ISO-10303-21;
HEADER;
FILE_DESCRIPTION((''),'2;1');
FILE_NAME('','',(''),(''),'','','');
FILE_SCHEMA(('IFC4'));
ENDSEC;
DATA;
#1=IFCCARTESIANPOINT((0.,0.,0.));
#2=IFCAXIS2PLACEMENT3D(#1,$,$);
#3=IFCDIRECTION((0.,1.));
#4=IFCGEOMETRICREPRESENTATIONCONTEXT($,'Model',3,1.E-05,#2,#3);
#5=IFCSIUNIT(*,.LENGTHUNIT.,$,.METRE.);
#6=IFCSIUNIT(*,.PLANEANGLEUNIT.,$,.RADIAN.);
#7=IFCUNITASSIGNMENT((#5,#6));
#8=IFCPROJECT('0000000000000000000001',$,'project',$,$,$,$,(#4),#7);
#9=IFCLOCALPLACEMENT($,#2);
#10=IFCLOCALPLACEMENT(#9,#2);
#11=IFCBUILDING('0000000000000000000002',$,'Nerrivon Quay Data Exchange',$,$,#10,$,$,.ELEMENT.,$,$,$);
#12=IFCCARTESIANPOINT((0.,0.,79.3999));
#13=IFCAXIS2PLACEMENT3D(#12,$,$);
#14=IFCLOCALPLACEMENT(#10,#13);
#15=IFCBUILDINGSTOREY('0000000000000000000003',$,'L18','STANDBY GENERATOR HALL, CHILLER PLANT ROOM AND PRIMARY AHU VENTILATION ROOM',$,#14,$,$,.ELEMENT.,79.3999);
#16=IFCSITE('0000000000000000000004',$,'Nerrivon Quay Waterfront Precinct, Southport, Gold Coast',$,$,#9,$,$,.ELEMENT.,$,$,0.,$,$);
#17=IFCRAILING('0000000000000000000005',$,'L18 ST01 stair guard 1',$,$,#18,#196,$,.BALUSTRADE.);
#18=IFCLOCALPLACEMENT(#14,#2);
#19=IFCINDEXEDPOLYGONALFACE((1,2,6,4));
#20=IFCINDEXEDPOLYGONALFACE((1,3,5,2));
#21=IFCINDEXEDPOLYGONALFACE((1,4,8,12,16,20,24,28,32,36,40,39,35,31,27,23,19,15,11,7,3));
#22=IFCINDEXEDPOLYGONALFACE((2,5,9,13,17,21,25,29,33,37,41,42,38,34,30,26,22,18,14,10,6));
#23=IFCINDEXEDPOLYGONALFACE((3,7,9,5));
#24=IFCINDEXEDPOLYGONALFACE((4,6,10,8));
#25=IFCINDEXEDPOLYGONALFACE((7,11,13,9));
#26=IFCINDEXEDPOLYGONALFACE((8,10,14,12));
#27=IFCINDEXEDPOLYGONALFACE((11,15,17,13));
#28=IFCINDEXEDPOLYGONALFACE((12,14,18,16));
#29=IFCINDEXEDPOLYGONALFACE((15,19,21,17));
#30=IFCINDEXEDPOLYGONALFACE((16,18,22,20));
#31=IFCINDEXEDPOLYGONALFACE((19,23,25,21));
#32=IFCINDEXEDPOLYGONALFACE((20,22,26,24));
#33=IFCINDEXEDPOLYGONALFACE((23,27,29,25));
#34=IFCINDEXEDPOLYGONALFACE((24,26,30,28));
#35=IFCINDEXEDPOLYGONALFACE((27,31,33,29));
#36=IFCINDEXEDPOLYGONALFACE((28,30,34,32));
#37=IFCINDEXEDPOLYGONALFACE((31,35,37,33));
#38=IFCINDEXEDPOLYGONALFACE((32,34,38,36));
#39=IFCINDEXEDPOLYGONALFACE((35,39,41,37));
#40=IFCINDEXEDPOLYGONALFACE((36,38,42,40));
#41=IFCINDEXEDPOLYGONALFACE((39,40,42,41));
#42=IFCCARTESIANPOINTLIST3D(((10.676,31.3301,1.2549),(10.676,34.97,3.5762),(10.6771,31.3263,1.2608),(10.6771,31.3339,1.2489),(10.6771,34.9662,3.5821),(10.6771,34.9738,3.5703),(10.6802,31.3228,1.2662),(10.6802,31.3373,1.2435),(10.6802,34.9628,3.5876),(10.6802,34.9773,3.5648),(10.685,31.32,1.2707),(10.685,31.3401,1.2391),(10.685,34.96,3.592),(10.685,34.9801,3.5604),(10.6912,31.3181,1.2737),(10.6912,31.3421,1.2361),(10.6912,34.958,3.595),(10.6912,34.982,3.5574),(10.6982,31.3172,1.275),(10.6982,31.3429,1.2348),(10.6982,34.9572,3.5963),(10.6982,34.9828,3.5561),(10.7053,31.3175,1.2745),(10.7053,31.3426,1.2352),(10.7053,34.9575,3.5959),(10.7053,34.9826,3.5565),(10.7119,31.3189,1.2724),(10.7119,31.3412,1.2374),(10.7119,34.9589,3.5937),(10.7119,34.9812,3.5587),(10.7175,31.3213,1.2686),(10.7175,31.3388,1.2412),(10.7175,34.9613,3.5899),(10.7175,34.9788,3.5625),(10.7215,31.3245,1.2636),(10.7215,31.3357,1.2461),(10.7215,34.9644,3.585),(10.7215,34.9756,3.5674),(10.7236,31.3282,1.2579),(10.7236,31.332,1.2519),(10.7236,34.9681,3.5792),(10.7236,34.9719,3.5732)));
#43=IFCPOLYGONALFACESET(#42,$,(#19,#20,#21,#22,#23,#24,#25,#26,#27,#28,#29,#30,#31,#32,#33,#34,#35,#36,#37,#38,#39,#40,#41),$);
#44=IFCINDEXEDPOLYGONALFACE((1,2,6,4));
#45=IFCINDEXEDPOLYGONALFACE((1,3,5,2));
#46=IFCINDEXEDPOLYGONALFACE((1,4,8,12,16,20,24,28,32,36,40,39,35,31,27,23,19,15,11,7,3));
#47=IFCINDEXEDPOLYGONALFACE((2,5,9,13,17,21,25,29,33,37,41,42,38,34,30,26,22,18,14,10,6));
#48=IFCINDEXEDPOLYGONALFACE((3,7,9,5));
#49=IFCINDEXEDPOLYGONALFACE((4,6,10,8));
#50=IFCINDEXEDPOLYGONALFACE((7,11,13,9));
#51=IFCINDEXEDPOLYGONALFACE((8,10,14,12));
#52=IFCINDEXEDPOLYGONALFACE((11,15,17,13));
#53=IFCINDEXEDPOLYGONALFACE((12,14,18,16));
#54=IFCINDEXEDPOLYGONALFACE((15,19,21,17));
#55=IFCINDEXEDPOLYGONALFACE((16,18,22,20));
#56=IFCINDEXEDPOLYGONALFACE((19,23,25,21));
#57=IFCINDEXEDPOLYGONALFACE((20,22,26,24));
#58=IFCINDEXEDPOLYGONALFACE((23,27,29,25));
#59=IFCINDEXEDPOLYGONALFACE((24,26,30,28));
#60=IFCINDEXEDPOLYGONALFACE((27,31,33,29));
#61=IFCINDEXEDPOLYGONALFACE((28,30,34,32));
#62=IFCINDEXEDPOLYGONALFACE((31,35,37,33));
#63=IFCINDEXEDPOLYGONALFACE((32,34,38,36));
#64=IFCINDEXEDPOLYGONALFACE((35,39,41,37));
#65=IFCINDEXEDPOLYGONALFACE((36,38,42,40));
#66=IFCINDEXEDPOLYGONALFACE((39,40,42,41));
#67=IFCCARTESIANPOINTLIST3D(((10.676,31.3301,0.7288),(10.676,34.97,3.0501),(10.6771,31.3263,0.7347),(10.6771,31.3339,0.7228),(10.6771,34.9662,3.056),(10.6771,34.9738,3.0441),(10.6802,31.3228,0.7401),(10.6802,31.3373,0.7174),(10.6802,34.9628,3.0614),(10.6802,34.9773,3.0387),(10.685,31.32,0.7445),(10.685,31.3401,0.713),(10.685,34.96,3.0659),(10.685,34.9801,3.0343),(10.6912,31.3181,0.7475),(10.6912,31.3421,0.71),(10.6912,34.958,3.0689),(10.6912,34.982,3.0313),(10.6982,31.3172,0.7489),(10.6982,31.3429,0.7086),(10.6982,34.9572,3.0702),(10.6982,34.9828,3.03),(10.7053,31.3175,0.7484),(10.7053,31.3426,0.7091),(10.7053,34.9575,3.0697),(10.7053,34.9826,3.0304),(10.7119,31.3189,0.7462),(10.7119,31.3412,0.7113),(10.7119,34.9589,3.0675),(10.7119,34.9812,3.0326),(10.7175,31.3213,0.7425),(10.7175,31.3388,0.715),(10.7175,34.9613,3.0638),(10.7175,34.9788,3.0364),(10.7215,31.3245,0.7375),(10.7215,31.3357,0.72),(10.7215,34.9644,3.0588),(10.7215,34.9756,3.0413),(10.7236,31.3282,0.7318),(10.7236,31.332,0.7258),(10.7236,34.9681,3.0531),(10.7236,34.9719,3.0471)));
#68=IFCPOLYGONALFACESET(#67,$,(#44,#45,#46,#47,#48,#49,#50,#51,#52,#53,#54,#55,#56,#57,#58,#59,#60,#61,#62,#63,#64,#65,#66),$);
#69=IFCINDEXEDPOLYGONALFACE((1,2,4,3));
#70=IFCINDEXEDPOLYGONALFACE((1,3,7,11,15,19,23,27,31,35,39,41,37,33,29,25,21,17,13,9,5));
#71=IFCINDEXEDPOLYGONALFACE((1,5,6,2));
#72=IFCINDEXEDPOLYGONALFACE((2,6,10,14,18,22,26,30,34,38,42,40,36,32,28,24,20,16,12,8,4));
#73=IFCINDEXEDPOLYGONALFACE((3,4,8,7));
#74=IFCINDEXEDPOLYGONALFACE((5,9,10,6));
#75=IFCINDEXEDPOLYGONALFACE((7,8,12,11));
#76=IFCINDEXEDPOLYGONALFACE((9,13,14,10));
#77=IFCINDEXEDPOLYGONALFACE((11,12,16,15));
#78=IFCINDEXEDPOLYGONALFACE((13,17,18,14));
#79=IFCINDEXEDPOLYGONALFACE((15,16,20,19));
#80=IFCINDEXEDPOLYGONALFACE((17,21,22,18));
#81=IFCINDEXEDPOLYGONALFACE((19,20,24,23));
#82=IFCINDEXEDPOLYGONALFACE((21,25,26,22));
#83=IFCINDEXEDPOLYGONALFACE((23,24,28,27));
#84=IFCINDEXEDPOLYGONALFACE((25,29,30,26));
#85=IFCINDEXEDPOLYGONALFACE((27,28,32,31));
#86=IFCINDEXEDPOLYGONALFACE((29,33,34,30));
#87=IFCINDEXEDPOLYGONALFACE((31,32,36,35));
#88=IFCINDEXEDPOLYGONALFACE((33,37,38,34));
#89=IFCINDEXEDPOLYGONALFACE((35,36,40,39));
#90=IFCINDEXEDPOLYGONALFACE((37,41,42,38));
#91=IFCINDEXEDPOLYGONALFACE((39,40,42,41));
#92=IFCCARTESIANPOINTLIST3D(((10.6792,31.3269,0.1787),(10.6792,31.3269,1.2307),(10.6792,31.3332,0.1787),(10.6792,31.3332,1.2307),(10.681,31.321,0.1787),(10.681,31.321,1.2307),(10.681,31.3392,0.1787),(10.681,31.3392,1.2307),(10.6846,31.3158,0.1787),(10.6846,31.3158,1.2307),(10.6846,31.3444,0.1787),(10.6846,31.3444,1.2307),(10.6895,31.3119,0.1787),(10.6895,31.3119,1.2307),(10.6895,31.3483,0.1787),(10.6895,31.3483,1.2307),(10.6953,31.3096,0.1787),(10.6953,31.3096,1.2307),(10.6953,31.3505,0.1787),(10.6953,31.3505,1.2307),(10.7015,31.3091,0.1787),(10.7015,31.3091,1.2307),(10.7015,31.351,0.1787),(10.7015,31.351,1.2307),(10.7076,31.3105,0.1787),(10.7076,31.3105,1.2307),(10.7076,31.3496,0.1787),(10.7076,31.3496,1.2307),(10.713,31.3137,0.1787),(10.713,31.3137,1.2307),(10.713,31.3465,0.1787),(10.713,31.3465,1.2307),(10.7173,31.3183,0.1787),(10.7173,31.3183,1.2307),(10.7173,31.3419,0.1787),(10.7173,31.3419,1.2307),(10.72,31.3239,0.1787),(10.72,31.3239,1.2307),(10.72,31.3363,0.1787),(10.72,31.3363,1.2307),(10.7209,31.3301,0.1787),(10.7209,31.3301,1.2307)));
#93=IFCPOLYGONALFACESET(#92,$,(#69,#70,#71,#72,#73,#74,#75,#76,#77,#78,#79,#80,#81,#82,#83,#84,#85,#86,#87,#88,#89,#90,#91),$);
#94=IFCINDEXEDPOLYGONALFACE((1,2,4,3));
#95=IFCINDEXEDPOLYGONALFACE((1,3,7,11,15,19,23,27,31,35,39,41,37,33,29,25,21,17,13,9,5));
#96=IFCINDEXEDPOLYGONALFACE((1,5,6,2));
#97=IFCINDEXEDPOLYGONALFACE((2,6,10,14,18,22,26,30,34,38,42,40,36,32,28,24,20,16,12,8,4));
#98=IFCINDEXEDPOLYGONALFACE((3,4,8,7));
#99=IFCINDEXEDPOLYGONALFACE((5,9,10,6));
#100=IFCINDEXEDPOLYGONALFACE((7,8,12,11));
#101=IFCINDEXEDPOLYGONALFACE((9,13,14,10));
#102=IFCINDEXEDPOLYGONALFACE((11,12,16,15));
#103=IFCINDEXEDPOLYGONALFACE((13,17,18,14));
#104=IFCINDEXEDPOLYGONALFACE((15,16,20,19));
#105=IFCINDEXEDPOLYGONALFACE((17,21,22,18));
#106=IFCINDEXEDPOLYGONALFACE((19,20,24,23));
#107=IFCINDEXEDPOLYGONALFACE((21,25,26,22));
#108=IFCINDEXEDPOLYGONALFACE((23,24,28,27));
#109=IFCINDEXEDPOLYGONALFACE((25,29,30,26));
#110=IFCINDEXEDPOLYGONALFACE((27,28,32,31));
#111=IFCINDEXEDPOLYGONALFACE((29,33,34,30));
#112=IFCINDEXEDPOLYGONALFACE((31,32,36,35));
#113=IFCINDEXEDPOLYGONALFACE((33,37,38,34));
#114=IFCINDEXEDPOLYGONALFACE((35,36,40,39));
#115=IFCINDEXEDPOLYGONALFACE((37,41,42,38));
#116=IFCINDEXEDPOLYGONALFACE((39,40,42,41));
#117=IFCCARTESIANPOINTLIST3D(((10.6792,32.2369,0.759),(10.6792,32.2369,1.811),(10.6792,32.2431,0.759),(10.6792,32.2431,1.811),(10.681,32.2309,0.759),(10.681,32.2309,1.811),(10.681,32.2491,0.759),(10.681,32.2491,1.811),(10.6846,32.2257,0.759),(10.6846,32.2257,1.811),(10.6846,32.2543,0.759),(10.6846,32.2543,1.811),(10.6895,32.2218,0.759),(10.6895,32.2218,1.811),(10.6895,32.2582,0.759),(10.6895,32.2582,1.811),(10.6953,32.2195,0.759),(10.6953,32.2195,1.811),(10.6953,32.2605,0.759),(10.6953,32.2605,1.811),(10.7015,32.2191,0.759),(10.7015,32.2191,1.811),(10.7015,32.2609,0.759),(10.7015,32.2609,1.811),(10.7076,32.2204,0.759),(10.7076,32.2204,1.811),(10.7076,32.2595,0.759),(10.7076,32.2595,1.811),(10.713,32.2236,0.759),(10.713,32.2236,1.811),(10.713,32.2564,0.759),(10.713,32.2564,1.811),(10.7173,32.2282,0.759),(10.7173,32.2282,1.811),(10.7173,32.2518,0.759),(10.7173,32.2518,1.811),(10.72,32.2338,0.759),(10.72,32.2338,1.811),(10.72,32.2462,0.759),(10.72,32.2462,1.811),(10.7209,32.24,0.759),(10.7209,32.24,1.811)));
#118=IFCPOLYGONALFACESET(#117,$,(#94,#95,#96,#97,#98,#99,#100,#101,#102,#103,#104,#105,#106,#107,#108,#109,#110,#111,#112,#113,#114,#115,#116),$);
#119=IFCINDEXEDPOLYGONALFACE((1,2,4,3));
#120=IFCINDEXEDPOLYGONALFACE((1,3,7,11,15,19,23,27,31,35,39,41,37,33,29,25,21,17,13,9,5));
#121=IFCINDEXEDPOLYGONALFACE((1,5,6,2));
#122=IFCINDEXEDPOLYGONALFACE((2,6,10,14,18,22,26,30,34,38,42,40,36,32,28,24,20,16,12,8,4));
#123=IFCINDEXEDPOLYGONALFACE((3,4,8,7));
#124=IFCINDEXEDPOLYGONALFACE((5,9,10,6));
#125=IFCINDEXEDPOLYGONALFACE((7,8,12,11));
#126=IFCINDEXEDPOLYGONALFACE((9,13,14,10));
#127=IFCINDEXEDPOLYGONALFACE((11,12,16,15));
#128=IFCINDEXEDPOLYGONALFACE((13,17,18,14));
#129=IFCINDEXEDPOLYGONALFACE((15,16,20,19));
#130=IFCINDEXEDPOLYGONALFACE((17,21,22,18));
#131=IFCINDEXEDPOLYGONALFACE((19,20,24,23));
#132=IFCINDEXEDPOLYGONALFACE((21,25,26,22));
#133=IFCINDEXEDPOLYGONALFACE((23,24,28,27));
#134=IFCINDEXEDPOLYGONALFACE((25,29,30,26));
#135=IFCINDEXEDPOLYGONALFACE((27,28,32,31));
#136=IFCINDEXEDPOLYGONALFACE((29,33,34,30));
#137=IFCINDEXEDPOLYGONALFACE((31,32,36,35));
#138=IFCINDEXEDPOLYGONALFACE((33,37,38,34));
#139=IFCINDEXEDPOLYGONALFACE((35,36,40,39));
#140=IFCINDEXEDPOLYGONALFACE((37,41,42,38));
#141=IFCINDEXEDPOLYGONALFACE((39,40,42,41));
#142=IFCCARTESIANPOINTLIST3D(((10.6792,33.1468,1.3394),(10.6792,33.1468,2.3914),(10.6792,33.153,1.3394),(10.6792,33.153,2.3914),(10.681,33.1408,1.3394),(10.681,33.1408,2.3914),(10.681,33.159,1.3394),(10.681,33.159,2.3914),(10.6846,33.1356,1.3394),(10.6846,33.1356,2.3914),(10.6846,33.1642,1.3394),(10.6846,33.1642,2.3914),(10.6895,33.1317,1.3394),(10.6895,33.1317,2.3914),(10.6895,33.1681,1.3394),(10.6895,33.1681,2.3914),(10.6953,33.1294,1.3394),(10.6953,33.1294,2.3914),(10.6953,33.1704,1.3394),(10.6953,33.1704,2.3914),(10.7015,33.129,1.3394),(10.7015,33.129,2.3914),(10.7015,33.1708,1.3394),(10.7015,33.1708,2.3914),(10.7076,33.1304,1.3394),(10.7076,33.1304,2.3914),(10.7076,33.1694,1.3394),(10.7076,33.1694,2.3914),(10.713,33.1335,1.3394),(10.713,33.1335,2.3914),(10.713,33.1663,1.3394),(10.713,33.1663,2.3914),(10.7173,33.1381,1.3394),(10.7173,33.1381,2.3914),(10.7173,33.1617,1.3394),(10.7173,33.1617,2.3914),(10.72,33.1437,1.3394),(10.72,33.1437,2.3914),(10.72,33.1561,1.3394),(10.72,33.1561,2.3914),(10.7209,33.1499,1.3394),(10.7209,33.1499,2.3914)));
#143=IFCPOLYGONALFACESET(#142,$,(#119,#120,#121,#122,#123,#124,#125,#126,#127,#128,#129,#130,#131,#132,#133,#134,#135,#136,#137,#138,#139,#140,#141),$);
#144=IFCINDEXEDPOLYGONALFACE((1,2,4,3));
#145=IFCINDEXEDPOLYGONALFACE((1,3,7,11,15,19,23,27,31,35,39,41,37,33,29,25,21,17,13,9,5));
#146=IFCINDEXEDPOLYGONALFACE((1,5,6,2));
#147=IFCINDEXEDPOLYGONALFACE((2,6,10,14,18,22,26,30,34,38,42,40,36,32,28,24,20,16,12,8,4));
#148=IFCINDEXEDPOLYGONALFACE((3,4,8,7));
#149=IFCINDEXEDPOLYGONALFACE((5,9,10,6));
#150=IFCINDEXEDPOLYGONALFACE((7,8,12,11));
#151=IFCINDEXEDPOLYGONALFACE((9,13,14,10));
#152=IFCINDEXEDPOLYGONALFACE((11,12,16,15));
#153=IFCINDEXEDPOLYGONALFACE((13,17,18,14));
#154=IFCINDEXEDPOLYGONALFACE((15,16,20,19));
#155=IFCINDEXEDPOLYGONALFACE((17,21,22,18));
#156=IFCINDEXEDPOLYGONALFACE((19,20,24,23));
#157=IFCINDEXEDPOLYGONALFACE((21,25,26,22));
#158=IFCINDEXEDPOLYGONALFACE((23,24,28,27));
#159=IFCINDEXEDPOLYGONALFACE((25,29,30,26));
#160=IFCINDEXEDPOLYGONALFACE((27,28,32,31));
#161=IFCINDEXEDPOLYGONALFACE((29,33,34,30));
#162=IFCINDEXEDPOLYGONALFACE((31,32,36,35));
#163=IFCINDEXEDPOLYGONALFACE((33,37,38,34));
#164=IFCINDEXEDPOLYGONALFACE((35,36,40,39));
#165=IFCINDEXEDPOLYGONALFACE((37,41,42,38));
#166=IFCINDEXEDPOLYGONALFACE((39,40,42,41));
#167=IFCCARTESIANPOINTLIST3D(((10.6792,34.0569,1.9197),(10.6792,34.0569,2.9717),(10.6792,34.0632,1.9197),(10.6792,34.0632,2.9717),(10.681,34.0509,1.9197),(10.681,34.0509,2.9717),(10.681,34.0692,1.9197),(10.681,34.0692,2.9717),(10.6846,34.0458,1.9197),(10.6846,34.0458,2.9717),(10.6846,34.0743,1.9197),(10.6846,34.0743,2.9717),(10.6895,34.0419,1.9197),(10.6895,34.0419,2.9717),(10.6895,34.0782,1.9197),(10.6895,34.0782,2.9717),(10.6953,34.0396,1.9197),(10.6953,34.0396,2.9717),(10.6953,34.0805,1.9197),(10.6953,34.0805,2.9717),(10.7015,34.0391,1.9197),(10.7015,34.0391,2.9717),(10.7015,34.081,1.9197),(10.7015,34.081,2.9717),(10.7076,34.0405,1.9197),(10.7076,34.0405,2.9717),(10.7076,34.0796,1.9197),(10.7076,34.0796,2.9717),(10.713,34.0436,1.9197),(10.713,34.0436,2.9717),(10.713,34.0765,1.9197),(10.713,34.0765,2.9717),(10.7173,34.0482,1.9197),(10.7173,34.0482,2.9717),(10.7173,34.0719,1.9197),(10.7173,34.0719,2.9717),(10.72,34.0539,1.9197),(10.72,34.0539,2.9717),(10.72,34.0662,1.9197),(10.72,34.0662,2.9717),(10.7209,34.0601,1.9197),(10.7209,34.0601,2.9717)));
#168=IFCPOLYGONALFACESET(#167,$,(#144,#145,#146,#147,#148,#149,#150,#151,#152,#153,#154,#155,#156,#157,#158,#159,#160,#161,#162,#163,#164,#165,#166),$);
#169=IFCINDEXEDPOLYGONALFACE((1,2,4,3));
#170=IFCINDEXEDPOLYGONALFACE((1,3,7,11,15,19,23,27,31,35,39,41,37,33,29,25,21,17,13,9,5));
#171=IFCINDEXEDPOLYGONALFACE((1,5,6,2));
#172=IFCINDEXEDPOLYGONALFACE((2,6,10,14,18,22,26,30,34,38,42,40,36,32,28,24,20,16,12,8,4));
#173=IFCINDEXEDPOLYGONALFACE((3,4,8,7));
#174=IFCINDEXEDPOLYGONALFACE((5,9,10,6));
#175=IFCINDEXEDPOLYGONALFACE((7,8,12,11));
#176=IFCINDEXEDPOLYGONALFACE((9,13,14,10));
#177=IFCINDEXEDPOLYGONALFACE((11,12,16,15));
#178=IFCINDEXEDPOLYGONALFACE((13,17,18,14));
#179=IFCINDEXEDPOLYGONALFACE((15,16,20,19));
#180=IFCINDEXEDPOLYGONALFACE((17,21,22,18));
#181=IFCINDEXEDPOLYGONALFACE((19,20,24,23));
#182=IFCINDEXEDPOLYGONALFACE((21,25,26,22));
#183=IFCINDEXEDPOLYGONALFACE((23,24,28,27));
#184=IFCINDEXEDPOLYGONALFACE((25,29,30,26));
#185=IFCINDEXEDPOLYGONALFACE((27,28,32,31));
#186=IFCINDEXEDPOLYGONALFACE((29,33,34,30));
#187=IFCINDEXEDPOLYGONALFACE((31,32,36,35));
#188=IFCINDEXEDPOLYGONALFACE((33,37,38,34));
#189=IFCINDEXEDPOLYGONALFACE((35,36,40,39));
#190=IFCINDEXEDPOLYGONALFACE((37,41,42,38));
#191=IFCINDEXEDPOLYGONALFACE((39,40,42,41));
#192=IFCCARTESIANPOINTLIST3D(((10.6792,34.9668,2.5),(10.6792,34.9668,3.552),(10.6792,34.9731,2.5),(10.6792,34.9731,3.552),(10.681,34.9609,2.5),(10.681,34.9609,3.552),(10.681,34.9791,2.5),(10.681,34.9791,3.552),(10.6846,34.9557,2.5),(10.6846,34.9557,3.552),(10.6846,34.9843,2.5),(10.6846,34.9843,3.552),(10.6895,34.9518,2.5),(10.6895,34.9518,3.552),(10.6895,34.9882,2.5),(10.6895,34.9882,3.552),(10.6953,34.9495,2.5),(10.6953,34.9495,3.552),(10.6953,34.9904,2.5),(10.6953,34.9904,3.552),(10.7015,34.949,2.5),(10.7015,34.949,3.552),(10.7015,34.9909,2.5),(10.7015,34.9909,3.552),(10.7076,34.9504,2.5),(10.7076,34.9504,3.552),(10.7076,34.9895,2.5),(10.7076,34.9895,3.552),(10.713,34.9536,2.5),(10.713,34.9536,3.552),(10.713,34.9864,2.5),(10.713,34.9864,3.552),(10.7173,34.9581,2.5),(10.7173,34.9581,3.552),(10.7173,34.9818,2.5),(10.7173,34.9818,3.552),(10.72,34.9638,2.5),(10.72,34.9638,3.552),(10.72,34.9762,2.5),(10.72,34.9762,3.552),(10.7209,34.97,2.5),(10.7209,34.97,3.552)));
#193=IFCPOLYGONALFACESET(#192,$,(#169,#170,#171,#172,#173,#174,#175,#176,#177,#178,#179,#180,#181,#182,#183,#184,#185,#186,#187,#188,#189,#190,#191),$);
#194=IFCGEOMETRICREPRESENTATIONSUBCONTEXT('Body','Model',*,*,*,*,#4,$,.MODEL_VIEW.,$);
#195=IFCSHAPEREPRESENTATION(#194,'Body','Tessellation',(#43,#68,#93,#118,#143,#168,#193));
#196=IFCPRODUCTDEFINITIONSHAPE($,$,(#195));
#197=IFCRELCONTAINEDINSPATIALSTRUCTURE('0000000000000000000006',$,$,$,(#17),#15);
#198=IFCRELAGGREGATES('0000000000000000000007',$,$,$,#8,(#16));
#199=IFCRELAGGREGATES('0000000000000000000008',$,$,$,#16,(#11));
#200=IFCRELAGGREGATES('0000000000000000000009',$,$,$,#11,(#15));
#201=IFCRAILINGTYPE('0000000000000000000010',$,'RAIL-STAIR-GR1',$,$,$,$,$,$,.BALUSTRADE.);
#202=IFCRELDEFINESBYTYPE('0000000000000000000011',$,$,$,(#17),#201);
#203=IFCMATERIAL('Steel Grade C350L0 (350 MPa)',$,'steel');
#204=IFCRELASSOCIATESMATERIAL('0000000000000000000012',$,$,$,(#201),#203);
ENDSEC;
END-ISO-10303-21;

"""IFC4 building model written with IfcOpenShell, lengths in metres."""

from ifc_helpers import new_model, si_unit, direction, frame, origin, origin_2d, place, context, subcontext, project, spatial, circle, extrude, material, type_object, element, save


model = new_model("IFC4")

# Units and contexts
model_context = context("Model", 3, precision=1e-05, world=origin(), true_north=direction((0.0, 1.0)))
body_context = subcontext(model_context, "Body", "Model", "MODEL_VIEW")
ifc_project = project(units=[si_unit("LENGTHUNIT", "METRE"), si_unit("PLANEANGLEUNIT", "RADIAN")], contexts=[model_context])

# Site, building, storey
site_placement = place(None, origin())
site = spatial("IfcSite", under=ifc_project, at=site_placement, Name="Nerrivon Quay Waterfront Precinct, Southport, Gold Coast", CompositionType="ELEMENT", RefElevation=0.0)
building_placement = place(site_placement, origin())
building = spatial("IfcBuilding", under=site, at=building_placement, Name="Nerrivon Quay Data Exchange", CompositionType="ELEMENT")
storey_placement = place(building_placement, frame((0.0, 0.0, 79.3999)))
storey = spatial("IfcBuildingStorey", under=building, at=storey_placement, Name="L18", Description="STANDBY GENERATOR HALL, CHILLER PLANT ROOM AND PRIMARY AHU VENTILATION ROOM", CompositionType="ELEMENT", Elevation=79.3999)

# Railing
ifc_material_1 = material(Name="Steel Grade C350L0 (350 MPa)", Category="steel")
railing_type_1 = type_object("IfcRailingType", Name="RAIL-STAIR-GR1", PredefinedType="BALUSTRADE", material=ifc_material_1)
railing_1_placement = place(storey_placement, frame((10.7, 31.3301, 0.1787)))
element("IfcRailing", 1, at=railing_1_placement, inside=storey, type_object=railing_type_1, Name="L18 ST01 stair guard 1", PredefinedType="BALUSTRADE", context=body_context, shape_type="SweptSolid", body=[
    extrude(circle(Radius=0.0239, at=origin_2d()), frame((0.0, 0.0, 1.0762), z_axis=(0.0, 0.843137, 0.537699), x_axis=(-1.0, 0.0, 0.0)), (0.0, 0.0, 1.0), 4.3171),
    extrude(circle(Radius=0.0239, at=origin_2d()), frame((0.0, 0.0, 0.55), z_axis=(0.0, 0.843137, 0.537699), x_axis=(-1.0, 0.0, 0.0)), (0.0, 0.0, 1.0), 4.3171),
    extrude(circle(Radius=0.021, at=origin_2d()), origin(), (0.0, 0.0, 1.0), 1.052),
    extrude(circle(Radius=0.021, at=origin_2d()), frame((0.0, 0.9099, 0.5803)), (0.0, 0.0, 1.0), 1.052),
    extrude(circle(Radius=0.021, at=origin_2d()), frame((0.0, 1.8198, 1.1606)), (0.0, 0.0, 1.0), 1.052),
    extrude(circle(Radius=0.021, at=origin_2d()), frame((0.0, 2.73, 1.741)), (0.0, 0.0, 1.0), 1.052),
    extrude(circle(Radius=0.021, at=origin_2d()), frame((0.0, 3.6399, 2.3213)), (0.0, 0.0, 1.0), 1.052),
])

save(model, "model.ifc")
